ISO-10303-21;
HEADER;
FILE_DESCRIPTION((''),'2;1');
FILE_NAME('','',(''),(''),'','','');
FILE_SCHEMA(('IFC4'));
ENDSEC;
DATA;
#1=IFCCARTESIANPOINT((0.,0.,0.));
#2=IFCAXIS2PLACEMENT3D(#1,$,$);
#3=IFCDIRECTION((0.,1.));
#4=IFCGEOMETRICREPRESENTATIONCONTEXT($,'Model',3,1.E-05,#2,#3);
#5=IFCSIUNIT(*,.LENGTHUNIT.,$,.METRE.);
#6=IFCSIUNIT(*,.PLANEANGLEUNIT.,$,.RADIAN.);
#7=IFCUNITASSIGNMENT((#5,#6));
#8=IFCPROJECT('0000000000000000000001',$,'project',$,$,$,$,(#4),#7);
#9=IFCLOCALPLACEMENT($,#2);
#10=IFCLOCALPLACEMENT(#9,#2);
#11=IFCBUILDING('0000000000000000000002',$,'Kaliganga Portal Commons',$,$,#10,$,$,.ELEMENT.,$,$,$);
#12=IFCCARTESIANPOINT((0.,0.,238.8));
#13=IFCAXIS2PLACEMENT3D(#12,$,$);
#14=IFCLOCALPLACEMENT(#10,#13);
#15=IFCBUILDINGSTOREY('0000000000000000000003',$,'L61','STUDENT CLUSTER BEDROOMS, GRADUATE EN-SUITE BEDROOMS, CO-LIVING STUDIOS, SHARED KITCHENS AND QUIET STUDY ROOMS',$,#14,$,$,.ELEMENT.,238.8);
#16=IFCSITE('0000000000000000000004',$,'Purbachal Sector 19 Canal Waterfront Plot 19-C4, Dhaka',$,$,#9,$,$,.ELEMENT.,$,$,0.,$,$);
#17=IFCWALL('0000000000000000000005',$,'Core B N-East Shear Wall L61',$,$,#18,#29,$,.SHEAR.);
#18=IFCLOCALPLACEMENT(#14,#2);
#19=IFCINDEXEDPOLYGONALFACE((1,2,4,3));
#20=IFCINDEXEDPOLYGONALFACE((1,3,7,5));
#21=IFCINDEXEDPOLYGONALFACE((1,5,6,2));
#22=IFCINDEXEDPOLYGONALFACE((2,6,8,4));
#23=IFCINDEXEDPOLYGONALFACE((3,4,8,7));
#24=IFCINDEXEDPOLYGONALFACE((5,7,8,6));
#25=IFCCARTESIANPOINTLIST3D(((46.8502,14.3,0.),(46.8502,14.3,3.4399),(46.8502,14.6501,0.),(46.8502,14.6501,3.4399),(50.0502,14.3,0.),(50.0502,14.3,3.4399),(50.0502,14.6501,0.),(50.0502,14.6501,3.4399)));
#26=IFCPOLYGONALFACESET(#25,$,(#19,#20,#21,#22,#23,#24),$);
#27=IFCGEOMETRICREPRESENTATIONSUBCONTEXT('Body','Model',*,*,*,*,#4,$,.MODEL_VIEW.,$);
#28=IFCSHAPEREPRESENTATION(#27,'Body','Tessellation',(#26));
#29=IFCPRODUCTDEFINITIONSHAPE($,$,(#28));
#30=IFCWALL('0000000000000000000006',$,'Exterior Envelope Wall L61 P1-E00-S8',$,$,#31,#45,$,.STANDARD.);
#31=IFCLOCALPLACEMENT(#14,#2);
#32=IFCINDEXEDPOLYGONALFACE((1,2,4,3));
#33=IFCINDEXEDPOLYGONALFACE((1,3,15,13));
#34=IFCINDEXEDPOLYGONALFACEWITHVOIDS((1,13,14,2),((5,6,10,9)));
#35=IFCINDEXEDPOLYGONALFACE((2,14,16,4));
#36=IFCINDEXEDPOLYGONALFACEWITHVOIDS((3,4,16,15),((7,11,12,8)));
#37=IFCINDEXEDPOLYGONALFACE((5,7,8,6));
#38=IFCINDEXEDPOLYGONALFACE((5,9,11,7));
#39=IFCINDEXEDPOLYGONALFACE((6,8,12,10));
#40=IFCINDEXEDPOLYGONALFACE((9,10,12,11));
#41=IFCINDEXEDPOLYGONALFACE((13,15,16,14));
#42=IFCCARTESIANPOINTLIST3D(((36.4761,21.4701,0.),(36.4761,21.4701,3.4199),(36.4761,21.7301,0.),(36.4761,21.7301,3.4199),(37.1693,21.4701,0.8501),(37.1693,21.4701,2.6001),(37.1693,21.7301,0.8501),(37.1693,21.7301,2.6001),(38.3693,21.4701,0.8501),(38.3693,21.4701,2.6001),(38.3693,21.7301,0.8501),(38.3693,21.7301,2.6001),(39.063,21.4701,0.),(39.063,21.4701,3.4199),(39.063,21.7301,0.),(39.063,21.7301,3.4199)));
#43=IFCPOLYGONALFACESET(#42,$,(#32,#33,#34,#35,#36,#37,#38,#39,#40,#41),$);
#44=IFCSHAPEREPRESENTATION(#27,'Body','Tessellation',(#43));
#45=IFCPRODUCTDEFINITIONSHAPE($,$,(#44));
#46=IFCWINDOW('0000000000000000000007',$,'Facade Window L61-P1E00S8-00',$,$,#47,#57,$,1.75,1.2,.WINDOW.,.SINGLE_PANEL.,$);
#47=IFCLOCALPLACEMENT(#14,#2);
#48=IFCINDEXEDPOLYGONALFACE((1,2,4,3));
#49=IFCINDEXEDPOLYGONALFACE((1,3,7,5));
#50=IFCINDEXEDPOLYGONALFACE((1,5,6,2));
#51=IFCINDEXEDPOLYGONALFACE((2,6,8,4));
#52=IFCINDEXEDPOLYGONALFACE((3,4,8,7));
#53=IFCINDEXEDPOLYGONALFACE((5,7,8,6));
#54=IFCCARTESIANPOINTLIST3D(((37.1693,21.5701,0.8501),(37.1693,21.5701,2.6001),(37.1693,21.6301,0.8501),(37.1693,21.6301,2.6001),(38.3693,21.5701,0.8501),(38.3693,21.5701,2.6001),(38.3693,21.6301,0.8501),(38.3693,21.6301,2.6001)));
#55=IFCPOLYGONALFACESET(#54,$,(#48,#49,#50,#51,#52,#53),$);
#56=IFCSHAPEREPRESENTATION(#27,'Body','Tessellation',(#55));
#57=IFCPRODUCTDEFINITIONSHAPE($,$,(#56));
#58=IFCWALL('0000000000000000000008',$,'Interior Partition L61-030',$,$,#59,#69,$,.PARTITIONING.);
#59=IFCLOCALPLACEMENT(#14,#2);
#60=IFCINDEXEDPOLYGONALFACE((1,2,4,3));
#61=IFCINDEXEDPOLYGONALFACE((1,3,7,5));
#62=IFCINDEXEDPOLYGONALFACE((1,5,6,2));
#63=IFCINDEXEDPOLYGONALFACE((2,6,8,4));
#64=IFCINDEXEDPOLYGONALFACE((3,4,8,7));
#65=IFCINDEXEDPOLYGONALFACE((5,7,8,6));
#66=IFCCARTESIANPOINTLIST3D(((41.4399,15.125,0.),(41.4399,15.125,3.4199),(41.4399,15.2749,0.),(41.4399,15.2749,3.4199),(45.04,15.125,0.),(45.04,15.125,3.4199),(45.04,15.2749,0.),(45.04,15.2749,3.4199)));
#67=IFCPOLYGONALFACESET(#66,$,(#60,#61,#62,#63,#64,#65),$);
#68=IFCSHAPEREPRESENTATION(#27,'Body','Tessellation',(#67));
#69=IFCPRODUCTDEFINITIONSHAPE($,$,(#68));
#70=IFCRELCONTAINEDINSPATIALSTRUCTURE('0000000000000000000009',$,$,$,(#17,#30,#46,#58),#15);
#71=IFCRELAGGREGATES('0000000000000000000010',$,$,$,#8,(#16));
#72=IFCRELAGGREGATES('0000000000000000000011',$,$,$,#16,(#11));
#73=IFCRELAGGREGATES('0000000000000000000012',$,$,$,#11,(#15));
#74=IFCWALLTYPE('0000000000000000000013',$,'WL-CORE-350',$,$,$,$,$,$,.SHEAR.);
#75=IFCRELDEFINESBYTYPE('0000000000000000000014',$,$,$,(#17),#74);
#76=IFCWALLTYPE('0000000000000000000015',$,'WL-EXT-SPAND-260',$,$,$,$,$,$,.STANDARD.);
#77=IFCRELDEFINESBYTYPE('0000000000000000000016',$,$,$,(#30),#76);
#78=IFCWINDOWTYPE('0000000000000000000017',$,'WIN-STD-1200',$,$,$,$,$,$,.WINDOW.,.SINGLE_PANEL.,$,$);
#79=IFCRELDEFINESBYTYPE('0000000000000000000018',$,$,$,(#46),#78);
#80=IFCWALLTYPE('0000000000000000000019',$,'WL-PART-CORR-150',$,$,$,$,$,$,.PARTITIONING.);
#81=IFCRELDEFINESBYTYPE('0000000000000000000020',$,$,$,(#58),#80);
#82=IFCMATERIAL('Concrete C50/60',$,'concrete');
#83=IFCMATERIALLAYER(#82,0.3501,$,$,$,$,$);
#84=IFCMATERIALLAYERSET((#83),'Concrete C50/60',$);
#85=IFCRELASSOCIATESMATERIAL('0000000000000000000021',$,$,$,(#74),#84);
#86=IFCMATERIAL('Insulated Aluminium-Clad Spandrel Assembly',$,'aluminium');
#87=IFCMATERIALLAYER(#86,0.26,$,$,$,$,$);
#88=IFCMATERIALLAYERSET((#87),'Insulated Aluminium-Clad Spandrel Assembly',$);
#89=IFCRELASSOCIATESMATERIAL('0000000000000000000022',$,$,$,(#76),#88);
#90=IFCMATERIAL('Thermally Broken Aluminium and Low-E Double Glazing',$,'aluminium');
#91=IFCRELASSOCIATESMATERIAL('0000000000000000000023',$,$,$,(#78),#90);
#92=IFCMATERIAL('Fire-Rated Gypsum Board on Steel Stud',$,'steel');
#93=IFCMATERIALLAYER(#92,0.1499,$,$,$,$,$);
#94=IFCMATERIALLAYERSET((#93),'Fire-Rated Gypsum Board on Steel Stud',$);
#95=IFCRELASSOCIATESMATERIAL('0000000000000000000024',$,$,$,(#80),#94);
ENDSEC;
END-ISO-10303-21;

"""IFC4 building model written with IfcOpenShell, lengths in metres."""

from ifc_helpers import new_model, si_unit, direction, frame, frame_2d, origin, place, context, subcontext, project, spatial, rectangle, extrude, material, layer, layer_set, type_object, element, fill, save


model = new_model("IFC4")

# Units and contexts
model_context = context("Model", 3, precision=1e-05, world=origin(), true_north=direction((0.0, 1.0)))
body_context = subcontext(model_context, "Body", "Model", "MODEL_VIEW")
ifc_project = project(units=[si_unit("LENGTHUNIT", "METRE"), si_unit("PLANEANGLEUNIT", "RADIAN")], contexts=[model_context])

# Site, building, storey
site_placement = place(None, origin())
site = spatial("IfcSite", under=ifc_project, at=site_placement, Name="Purbachal Sector 19 Canal Waterfront Plot 19-C4, Dhaka", CompositionType="ELEMENT", RefElevation=0.0)
building_placement = place(site_placement, origin())
building = spatial("IfcBuilding", under=site, at=building_placement, Name="Kaliganga Portal Commons", CompositionType="ELEMENT")
storey_placement = place(building_placement, frame((0.0, 0.0, 238.8)))
storey = spatial("IfcBuildingStorey", under=building, at=storey_placement, Name="L61", Description="STUDENT CLUSTER BEDROOMS, GRADUATE EN-SUITE BEDROOMS, CO-LIVING STUDIOS, SHARED KITCHENS AND QUIET STUDY ROOMS", CompositionType="ELEMENT", Elevation=238.8)

# Shared definitions
ifc_material_1 = material(Name="Concrete C50/60", Category="concrete")

# Wall
ifc_layer_1 = layer(ifc_material_1, 0.3501)
ifc_layer_set_1 = layer_set([ifc_layer_1], Name="Concrete C50/60")
wall_type_1 = type_object("IfcWallType", Name="WL-CORE-350", PredefinedType="SHEAR", material=ifc_layer_set_1)
wall_1_placement = place(storey_placement, frame((46.8501, 14.4751, 0.0), z_axis=(0.0, 0.0, 1.0), x_axis=(1.0, 0.0, 0.0)))
element("IfcWall", 1, at=wall_1_placement, inside=storey, type_object=wall_type_1, Name="Core B N-East Shear Wall L61", PredefinedType="SHEAR", context=body_context, shape_type="SweptSolid", body=[
    extrude(rectangle(XDim=3.2, YDim=0.3501, at=frame_2d((1.6001, 0.0))), origin(), (0.0, 0.0, 1.0), 3.4399),
])

# Wall, opening, window
ifc_material_2 = material(Name="Insulated Aluminium-Clad Spandrel Assembly", Category="aluminium")
ifc_layer_2 = layer(ifc_material_2, 0.26)
ifc_layer_set_2 = layer_set([ifc_layer_2], Name="Insulated Aluminium-Clad Spandrel Assembly")
wall_type_2 = type_object("IfcWallType", Name="WL-EXT-SPAND-260", PredefinedType="STANDARD", material=ifc_layer_set_2)
wall_2_placement = place(storey_placement, frame((39.063, 21.6001, 0.0), z_axis=(0.0, 0.0, 1.0), x_axis=(-1.0, 0.0, 0.0)))
wall_2 = element("IfcWall", 2, at=wall_2_placement, inside=storey, type_object=wall_type_2, Name="Exterior Envelope Wall L61 P1-E00-S8", PredefinedType="STANDARD", context=body_context, shape_type="SweptSolid", body=[
    extrude(rectangle(XDim=2.5869, YDim=0.26, at=frame_2d((1.2935, 0.0))), origin(), (0.0, 0.0, 1.0), 3.4199),
])
opening_placement = place(wall_2_placement, frame((0.6936, 0.0, 0.8501)))
opening = element("IfcOpeningElement", 3, at=opening_placement, cuts=wall_2, PredefinedType="OPENING", context=body_context, shape_type="SweptSolid", body=[
    extrude(rectangle(XDim=1.2, YDim=1.75, at=frame_2d((0.6001, 0.875))), frame((0.0, 0.1401, 0.0), z_axis=(0.0, -1.0, 0.0), x_axis=(1.0, 0.0, 0.0)), (0.0, 0.0, 1.0), 0.28),
])
ifc_material_3 = material(Name="Thermally Broken Aluminium and Low-E Double Glazing", Category="aluminium")
window_type = type_object("IfcWindowType", Name="WIN-STD-1200", PartitioningType="SINGLE_PANEL", PredefinedType="WINDOW", material=ifc_material_3)
window_placement = place(opening_placement, origin())
window = element("IfcWindow", 4, at=window_placement, inside=storey, type_object=window_type, Name="Facade Window L61-P1E00S8-00", OverallHeight=1.75, OverallWidth=1.2, PartitioningType="SINGLE_PANEL", PredefinedType="WINDOW", context=body_context, shape_type="SweptSolid", body=[
    extrude(rectangle(XDim=1.2, YDim=1.75, at=frame_2d((0.6001, 0.875))), frame((0.0, 0.03, 0.0), z_axis=(0.0, -1.0, 0.0), x_axis=(1.0, 0.0, 0.0)), (0.0, 0.0, 1.0), 0.0601),
])
fill(opening, window)

# Wall
ifc_material_4 = material(Name="Fire-Rated Gypsum Board on Steel Stud", Category="steel")
ifc_layer_3 = layer(ifc_material_4, 0.1499)
ifc_layer_set_3 = layer_set([ifc_layer_3], Name="Fire-Rated Gypsum Board on Steel Stud")
wall_type_3 = type_object("IfcWallType", Name="WL-PART-CORR-150", PredefinedType="PARTITIONING", material=ifc_layer_set_3)
wall_3_placement = place(storey_placement, frame((41.4399, 15.2, 0.0), z_axis=(0.0, 0.0, 1.0), x_axis=(1.0, 0.0, 0.0)))
element("IfcWall", 5, at=wall_3_placement, inside=storey, type_object=wall_type_3, Name="Interior Partition L61-030", PredefinedType="PARTITIONING", context=body_context, shape_type="SweptSolid", body=[
    extrude(rectangle(XDim=3.6001, YDim=0.1499, at=frame_2d((1.8, 0.0))), origin(), (0.0, 0.0, 1.0), 3.4199),
])

save(model, "model.ifc")
